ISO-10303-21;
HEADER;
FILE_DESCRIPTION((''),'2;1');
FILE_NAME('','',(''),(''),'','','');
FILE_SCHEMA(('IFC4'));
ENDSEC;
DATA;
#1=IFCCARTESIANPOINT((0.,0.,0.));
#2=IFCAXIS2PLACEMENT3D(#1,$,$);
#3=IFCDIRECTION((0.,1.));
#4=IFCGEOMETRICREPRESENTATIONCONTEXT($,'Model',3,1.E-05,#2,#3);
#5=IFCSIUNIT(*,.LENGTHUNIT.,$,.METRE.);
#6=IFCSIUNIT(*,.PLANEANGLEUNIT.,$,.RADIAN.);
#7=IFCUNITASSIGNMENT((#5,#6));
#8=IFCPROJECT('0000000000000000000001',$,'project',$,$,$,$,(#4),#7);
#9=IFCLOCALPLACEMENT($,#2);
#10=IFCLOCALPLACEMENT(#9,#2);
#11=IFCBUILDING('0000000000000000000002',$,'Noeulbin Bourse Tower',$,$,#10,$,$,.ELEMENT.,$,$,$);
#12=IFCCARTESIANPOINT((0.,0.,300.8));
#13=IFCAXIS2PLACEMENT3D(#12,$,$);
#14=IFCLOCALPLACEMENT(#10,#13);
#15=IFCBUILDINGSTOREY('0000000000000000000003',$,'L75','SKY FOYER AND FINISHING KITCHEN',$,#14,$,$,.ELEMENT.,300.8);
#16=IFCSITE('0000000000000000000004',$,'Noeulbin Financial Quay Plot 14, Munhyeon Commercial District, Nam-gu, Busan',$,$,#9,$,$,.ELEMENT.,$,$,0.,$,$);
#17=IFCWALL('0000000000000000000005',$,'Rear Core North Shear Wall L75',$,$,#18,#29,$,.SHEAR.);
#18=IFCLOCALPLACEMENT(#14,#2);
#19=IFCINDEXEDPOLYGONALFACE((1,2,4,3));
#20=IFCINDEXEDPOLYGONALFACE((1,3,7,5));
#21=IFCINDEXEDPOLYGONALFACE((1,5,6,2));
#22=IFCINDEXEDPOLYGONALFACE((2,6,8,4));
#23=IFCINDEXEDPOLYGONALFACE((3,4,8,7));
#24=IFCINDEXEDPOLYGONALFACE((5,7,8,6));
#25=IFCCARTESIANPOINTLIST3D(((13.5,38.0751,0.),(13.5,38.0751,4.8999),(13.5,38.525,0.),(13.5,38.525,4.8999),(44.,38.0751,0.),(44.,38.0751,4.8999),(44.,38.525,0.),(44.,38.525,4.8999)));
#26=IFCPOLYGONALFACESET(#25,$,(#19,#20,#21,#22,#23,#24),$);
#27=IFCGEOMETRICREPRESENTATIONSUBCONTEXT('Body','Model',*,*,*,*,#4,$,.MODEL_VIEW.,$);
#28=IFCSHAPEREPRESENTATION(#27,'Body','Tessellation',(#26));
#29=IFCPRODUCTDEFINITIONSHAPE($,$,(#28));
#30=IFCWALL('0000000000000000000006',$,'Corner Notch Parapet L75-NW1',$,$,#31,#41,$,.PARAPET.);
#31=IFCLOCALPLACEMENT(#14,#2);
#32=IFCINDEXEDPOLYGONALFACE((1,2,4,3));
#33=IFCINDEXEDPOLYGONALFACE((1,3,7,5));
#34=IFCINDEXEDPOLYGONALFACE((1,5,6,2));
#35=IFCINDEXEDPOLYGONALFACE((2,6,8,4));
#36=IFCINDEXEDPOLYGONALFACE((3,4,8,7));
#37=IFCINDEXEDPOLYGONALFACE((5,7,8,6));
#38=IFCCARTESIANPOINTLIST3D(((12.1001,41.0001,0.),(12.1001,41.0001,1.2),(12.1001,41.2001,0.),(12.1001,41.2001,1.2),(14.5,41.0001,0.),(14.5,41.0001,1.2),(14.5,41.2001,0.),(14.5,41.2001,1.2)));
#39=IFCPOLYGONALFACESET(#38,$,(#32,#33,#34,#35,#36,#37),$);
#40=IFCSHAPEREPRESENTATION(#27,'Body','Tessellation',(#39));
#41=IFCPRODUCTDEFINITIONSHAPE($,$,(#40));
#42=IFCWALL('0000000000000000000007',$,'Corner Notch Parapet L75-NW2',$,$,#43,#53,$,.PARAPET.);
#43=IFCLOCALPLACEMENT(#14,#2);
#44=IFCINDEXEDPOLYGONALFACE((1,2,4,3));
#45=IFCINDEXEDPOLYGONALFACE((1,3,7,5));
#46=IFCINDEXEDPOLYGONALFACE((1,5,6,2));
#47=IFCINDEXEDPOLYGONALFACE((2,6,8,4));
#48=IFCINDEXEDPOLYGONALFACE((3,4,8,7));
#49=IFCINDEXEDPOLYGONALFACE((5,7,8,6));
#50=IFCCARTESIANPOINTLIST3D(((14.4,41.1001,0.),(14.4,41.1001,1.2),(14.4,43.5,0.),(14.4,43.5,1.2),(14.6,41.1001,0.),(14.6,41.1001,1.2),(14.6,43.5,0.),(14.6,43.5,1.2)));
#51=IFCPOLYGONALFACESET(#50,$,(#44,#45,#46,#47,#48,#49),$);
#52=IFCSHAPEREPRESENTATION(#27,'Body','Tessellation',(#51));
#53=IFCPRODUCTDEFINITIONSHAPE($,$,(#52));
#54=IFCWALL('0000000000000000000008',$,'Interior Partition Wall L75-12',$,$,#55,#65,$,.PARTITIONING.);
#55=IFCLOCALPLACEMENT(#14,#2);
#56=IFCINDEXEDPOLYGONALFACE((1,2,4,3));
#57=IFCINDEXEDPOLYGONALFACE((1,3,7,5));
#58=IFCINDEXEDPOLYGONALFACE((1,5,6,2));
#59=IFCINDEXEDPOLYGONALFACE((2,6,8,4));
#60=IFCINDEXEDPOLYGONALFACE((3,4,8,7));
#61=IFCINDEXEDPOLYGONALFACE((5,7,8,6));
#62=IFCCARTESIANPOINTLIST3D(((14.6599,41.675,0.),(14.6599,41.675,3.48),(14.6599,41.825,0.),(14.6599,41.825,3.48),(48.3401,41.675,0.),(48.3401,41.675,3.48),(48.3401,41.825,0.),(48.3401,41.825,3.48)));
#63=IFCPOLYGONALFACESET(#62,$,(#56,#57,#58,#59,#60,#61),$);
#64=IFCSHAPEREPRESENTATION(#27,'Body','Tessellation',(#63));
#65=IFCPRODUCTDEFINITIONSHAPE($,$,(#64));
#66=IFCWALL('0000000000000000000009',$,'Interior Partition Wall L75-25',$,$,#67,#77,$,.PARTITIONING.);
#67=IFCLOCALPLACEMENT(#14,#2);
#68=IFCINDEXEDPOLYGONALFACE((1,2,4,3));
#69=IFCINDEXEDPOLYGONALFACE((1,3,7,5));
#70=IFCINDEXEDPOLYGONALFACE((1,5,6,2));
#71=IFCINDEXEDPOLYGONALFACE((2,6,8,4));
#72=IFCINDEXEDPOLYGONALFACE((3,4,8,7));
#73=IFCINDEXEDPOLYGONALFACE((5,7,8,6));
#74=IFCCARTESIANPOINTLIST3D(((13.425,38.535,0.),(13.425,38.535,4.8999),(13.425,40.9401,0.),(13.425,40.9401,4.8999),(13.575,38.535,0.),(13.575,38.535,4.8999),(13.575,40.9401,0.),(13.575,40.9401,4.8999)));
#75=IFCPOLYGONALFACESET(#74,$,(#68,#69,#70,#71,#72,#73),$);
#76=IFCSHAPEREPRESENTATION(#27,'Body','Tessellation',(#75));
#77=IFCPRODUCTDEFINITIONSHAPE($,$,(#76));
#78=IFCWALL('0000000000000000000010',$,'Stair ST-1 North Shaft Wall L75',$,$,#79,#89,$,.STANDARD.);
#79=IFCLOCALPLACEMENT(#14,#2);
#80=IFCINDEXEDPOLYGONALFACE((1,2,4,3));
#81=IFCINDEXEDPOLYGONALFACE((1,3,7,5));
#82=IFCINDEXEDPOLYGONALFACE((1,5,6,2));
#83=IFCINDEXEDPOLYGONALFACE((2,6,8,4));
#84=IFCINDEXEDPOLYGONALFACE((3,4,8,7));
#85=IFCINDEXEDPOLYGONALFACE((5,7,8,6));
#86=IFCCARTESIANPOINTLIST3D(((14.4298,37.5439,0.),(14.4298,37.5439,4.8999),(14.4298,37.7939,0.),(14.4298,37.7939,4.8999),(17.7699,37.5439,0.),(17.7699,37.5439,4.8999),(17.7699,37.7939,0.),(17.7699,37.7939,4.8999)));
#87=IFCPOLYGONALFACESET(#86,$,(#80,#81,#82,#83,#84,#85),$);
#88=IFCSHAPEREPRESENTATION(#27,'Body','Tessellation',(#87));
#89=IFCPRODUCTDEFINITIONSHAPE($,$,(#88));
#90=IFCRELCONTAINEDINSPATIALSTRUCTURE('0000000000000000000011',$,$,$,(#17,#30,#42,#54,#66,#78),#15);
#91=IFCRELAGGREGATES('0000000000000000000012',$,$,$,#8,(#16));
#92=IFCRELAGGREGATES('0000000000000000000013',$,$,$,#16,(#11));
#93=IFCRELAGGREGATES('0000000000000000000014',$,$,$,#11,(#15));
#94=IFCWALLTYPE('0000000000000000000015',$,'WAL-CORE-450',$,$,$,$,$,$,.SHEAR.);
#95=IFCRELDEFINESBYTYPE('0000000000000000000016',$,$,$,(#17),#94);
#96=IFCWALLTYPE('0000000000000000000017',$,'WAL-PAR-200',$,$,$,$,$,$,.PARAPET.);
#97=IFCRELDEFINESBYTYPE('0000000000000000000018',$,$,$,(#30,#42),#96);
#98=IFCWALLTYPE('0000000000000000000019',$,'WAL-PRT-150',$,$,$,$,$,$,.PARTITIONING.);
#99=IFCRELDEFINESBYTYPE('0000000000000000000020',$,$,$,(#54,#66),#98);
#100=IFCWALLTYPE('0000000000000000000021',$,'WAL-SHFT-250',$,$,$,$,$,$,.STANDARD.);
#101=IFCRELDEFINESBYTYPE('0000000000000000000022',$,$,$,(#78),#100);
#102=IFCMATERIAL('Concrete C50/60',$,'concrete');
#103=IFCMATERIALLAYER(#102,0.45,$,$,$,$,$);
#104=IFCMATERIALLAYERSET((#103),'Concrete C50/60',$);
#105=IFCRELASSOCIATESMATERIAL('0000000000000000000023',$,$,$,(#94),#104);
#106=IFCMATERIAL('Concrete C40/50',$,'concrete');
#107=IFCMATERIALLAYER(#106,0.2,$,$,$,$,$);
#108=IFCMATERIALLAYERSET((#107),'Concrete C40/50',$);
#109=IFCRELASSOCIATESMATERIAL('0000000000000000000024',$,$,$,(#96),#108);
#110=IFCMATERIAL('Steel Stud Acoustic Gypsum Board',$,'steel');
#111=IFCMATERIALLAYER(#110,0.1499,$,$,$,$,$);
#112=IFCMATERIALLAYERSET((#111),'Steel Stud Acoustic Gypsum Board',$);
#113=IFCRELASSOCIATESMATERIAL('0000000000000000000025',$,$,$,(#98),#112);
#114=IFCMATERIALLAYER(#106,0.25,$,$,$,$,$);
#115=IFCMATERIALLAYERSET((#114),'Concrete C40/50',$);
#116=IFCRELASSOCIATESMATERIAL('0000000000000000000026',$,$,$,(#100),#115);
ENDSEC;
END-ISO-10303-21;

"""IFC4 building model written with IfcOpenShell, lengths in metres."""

from ifc_helpers import new_model, si_unit, direction, frame, frame_2d, origin, place, context, subcontext, project, spatial, rectangle, extrude, material, layer, layer_set, type_object, element, save


model = new_model("IFC4")

# Units and contexts
model_context = context("Model", 3, precision=1e-05, world=origin(), true_north=direction((0.0, 1.0)))
body_context = subcontext(model_context, "Body", "Model", "MODEL_VIEW")
ifc_project = project(units=[si_unit("LENGTHUNIT", "METRE"), si_unit("PLANEANGLEUNIT", "RADIAN")], contexts=[model_context])

# Site, building, storey
site_placement = place(None, origin())
site = spatial("IfcSite", under=ifc_project, at=site_placement, Name="Noeulbin Financial Quay Plot 14, Munhyeon Commercial District, Nam-gu, Busan", CompositionType="ELEMENT", RefElevation=0.0)
building_placement = place(site_placement, origin())
building = spatial("IfcBuilding", under=site, at=building_placement, Name="Noeulbin Bourse Tower", CompositionType="ELEMENT")
storey_placement = place(building_placement, frame((0.0, 0.0, 300.8)))
storey = spatial("IfcBuildingStorey", under=building, at=storey_placement, Name="L75", Description="SKY FOYER AND FINISHING KITCHEN", CompositionType="ELEMENT", Elevation=300.8)

# Walls
ifc_material_1 = material(Name="Concrete C50/60", Category="concrete")
ifc_layer_1 = layer(ifc_material_1, 0.45)
ifc_layer_set_1 = layer_set([ifc_layer_1], Name="Concrete C50/60")
wall_type_1 = type_object("IfcWallType", Name="WAL-CORE-450", PredefinedType="SHEAR", material=ifc_layer_set_1)
wall_1_placement = place(storey_placement, frame((13.5, 38.3, 0.0), z_axis=(0.0, 0.0, 1.0), x_axis=(1.0, 0.0, 0.0)))
element("IfcWall", 1, at=wall_1_placement, inside=storey, type_object=wall_type_1, Name="Rear Core North Shear Wall L75", PredefinedType="SHEAR", context=body_context, shape_type="SweptSolid", body=[
    extrude(rectangle(XDim=30.5, YDim=0.45, at=frame_2d((15.25, 0.0))), origin(), (0.0, 0.0, 1.0), 4.8999),
])
ifc_material_2 = material(Name="Concrete C40/50", Category="concrete")
ifc_layer_2 = layer(ifc_material_2, 0.2)
ifc_layer_set_2 = layer_set([ifc_layer_2], Name="Concrete C40/50")
wall_type_2 = type_object("IfcWallType", Name="WAL-PAR-200", PredefinedType="PARAPET", material=ifc_layer_set_2)
for number, where, z_axis, x_axis, name in (
    (2, (12.1001, 41.1001, 0.0), (0.0, 0.0, 1.0), (1.0, 0.0, 0.0), "Corner Notch Parapet L75-NW1"),
    (3, (14.5, 41.1001, 0.0), (0.0, 0.0, 1.0), (0.0, 1.0, 0.0), "Corner Notch Parapet L75-NW2"),
):
    element("IfcWall", number, at=place(storey_placement, frame(where, z_axis=z_axis, x_axis=x_axis)), inside=storey, type_object=wall_type_2, Name=name, PredefinedType="PARAPET", context=body_context, shape_type="SweptSolid", body=[
        extrude(rectangle(XDim=2.3999, YDim=0.2, at=frame_2d((1.2, 0.0))), origin(), (0.0, 0.0, 1.0), 1.2),
    ])
ifc_material_3 = material(Name="Steel Stud Acoustic Gypsum Board", Category="steel")
ifc_layer_3 = layer(ifc_material_3, 0.1499)
ifc_layer_set_3 = layer_set([ifc_layer_3], Name="Steel Stud Acoustic Gypsum Board")
wall_type_3 = type_object("IfcWallType", Name="WAL-PRT-150", PredefinedType="PARTITIONING", material=ifc_layer_set_3)
wall_2_placement = place(storey_placement, frame((14.6599, 41.75, 0.0), z_axis=(0.0, 0.0, 1.0), x_axis=(1.0, 0.0, 0.0)))
element("IfcWall", 4, at=wall_2_placement, inside=storey, type_object=wall_type_3, Name="Interior Partition Wall L75-12", PredefinedType="PARTITIONING", context=body_context, shape_type="SweptSolid", body=[
    extrude(rectangle(XDim=33.6802, YDim=0.1499, at=frame_2d((16.8401, 0.0))), origin(), (0.0, 0.0, 1.0), 3.48),
])
wall_3_placement = place(storey_placement, frame((13.5, 38.5349, 0.0), z_axis=(0.0, 0.0, 1.0), x_axis=(0.0, 1.0, 0.0)))
element("IfcWall", 5, at=wall_3_placement, inside=storey, type_object=wall_type_3, Name="Interior Partition Wall L75-25", PredefinedType="PARTITIONING", context=body_context, shape_type="SweptSolid", body=[
    extrude(rectangle(XDim=2.405, YDim=0.1499, at=frame_2d((1.2026, 0.0))), origin(), (0.0, 0.0, 1.0), 4.8999),
])
ifc_layer_4 = layer(ifc_material_2, 0.25)
ifc_layer_set_4 = layer_set([ifc_layer_4], Name="Concrete C40/50")
wall_type_4 = type_object("IfcWallType", Name="WAL-SHFT-250", PredefinedType="STANDARD", material=ifc_layer_set_4)
wall_4_placement = place(storey_placement, frame((14.4299, 37.6689, 0.0), z_axis=(0.0, 0.0, 1.0), x_axis=(1.0, 0.0, 0.0)))
element("IfcWall", 6, at=wall_4_placement, inside=storey, type_object=wall_type_4, Name="Stair ST-1 North Shaft Wall L75", PredefinedType="STANDARD", context=body_context, shape_type="SweptSolid", body=[
    extrude(rectangle(XDim=3.3401, YDim=0.25, at=frame_2d((1.6699, 0.0))), origin(), (0.0, 0.0, 1.0), 4.8999),
])

save(model, "model.ifc")
